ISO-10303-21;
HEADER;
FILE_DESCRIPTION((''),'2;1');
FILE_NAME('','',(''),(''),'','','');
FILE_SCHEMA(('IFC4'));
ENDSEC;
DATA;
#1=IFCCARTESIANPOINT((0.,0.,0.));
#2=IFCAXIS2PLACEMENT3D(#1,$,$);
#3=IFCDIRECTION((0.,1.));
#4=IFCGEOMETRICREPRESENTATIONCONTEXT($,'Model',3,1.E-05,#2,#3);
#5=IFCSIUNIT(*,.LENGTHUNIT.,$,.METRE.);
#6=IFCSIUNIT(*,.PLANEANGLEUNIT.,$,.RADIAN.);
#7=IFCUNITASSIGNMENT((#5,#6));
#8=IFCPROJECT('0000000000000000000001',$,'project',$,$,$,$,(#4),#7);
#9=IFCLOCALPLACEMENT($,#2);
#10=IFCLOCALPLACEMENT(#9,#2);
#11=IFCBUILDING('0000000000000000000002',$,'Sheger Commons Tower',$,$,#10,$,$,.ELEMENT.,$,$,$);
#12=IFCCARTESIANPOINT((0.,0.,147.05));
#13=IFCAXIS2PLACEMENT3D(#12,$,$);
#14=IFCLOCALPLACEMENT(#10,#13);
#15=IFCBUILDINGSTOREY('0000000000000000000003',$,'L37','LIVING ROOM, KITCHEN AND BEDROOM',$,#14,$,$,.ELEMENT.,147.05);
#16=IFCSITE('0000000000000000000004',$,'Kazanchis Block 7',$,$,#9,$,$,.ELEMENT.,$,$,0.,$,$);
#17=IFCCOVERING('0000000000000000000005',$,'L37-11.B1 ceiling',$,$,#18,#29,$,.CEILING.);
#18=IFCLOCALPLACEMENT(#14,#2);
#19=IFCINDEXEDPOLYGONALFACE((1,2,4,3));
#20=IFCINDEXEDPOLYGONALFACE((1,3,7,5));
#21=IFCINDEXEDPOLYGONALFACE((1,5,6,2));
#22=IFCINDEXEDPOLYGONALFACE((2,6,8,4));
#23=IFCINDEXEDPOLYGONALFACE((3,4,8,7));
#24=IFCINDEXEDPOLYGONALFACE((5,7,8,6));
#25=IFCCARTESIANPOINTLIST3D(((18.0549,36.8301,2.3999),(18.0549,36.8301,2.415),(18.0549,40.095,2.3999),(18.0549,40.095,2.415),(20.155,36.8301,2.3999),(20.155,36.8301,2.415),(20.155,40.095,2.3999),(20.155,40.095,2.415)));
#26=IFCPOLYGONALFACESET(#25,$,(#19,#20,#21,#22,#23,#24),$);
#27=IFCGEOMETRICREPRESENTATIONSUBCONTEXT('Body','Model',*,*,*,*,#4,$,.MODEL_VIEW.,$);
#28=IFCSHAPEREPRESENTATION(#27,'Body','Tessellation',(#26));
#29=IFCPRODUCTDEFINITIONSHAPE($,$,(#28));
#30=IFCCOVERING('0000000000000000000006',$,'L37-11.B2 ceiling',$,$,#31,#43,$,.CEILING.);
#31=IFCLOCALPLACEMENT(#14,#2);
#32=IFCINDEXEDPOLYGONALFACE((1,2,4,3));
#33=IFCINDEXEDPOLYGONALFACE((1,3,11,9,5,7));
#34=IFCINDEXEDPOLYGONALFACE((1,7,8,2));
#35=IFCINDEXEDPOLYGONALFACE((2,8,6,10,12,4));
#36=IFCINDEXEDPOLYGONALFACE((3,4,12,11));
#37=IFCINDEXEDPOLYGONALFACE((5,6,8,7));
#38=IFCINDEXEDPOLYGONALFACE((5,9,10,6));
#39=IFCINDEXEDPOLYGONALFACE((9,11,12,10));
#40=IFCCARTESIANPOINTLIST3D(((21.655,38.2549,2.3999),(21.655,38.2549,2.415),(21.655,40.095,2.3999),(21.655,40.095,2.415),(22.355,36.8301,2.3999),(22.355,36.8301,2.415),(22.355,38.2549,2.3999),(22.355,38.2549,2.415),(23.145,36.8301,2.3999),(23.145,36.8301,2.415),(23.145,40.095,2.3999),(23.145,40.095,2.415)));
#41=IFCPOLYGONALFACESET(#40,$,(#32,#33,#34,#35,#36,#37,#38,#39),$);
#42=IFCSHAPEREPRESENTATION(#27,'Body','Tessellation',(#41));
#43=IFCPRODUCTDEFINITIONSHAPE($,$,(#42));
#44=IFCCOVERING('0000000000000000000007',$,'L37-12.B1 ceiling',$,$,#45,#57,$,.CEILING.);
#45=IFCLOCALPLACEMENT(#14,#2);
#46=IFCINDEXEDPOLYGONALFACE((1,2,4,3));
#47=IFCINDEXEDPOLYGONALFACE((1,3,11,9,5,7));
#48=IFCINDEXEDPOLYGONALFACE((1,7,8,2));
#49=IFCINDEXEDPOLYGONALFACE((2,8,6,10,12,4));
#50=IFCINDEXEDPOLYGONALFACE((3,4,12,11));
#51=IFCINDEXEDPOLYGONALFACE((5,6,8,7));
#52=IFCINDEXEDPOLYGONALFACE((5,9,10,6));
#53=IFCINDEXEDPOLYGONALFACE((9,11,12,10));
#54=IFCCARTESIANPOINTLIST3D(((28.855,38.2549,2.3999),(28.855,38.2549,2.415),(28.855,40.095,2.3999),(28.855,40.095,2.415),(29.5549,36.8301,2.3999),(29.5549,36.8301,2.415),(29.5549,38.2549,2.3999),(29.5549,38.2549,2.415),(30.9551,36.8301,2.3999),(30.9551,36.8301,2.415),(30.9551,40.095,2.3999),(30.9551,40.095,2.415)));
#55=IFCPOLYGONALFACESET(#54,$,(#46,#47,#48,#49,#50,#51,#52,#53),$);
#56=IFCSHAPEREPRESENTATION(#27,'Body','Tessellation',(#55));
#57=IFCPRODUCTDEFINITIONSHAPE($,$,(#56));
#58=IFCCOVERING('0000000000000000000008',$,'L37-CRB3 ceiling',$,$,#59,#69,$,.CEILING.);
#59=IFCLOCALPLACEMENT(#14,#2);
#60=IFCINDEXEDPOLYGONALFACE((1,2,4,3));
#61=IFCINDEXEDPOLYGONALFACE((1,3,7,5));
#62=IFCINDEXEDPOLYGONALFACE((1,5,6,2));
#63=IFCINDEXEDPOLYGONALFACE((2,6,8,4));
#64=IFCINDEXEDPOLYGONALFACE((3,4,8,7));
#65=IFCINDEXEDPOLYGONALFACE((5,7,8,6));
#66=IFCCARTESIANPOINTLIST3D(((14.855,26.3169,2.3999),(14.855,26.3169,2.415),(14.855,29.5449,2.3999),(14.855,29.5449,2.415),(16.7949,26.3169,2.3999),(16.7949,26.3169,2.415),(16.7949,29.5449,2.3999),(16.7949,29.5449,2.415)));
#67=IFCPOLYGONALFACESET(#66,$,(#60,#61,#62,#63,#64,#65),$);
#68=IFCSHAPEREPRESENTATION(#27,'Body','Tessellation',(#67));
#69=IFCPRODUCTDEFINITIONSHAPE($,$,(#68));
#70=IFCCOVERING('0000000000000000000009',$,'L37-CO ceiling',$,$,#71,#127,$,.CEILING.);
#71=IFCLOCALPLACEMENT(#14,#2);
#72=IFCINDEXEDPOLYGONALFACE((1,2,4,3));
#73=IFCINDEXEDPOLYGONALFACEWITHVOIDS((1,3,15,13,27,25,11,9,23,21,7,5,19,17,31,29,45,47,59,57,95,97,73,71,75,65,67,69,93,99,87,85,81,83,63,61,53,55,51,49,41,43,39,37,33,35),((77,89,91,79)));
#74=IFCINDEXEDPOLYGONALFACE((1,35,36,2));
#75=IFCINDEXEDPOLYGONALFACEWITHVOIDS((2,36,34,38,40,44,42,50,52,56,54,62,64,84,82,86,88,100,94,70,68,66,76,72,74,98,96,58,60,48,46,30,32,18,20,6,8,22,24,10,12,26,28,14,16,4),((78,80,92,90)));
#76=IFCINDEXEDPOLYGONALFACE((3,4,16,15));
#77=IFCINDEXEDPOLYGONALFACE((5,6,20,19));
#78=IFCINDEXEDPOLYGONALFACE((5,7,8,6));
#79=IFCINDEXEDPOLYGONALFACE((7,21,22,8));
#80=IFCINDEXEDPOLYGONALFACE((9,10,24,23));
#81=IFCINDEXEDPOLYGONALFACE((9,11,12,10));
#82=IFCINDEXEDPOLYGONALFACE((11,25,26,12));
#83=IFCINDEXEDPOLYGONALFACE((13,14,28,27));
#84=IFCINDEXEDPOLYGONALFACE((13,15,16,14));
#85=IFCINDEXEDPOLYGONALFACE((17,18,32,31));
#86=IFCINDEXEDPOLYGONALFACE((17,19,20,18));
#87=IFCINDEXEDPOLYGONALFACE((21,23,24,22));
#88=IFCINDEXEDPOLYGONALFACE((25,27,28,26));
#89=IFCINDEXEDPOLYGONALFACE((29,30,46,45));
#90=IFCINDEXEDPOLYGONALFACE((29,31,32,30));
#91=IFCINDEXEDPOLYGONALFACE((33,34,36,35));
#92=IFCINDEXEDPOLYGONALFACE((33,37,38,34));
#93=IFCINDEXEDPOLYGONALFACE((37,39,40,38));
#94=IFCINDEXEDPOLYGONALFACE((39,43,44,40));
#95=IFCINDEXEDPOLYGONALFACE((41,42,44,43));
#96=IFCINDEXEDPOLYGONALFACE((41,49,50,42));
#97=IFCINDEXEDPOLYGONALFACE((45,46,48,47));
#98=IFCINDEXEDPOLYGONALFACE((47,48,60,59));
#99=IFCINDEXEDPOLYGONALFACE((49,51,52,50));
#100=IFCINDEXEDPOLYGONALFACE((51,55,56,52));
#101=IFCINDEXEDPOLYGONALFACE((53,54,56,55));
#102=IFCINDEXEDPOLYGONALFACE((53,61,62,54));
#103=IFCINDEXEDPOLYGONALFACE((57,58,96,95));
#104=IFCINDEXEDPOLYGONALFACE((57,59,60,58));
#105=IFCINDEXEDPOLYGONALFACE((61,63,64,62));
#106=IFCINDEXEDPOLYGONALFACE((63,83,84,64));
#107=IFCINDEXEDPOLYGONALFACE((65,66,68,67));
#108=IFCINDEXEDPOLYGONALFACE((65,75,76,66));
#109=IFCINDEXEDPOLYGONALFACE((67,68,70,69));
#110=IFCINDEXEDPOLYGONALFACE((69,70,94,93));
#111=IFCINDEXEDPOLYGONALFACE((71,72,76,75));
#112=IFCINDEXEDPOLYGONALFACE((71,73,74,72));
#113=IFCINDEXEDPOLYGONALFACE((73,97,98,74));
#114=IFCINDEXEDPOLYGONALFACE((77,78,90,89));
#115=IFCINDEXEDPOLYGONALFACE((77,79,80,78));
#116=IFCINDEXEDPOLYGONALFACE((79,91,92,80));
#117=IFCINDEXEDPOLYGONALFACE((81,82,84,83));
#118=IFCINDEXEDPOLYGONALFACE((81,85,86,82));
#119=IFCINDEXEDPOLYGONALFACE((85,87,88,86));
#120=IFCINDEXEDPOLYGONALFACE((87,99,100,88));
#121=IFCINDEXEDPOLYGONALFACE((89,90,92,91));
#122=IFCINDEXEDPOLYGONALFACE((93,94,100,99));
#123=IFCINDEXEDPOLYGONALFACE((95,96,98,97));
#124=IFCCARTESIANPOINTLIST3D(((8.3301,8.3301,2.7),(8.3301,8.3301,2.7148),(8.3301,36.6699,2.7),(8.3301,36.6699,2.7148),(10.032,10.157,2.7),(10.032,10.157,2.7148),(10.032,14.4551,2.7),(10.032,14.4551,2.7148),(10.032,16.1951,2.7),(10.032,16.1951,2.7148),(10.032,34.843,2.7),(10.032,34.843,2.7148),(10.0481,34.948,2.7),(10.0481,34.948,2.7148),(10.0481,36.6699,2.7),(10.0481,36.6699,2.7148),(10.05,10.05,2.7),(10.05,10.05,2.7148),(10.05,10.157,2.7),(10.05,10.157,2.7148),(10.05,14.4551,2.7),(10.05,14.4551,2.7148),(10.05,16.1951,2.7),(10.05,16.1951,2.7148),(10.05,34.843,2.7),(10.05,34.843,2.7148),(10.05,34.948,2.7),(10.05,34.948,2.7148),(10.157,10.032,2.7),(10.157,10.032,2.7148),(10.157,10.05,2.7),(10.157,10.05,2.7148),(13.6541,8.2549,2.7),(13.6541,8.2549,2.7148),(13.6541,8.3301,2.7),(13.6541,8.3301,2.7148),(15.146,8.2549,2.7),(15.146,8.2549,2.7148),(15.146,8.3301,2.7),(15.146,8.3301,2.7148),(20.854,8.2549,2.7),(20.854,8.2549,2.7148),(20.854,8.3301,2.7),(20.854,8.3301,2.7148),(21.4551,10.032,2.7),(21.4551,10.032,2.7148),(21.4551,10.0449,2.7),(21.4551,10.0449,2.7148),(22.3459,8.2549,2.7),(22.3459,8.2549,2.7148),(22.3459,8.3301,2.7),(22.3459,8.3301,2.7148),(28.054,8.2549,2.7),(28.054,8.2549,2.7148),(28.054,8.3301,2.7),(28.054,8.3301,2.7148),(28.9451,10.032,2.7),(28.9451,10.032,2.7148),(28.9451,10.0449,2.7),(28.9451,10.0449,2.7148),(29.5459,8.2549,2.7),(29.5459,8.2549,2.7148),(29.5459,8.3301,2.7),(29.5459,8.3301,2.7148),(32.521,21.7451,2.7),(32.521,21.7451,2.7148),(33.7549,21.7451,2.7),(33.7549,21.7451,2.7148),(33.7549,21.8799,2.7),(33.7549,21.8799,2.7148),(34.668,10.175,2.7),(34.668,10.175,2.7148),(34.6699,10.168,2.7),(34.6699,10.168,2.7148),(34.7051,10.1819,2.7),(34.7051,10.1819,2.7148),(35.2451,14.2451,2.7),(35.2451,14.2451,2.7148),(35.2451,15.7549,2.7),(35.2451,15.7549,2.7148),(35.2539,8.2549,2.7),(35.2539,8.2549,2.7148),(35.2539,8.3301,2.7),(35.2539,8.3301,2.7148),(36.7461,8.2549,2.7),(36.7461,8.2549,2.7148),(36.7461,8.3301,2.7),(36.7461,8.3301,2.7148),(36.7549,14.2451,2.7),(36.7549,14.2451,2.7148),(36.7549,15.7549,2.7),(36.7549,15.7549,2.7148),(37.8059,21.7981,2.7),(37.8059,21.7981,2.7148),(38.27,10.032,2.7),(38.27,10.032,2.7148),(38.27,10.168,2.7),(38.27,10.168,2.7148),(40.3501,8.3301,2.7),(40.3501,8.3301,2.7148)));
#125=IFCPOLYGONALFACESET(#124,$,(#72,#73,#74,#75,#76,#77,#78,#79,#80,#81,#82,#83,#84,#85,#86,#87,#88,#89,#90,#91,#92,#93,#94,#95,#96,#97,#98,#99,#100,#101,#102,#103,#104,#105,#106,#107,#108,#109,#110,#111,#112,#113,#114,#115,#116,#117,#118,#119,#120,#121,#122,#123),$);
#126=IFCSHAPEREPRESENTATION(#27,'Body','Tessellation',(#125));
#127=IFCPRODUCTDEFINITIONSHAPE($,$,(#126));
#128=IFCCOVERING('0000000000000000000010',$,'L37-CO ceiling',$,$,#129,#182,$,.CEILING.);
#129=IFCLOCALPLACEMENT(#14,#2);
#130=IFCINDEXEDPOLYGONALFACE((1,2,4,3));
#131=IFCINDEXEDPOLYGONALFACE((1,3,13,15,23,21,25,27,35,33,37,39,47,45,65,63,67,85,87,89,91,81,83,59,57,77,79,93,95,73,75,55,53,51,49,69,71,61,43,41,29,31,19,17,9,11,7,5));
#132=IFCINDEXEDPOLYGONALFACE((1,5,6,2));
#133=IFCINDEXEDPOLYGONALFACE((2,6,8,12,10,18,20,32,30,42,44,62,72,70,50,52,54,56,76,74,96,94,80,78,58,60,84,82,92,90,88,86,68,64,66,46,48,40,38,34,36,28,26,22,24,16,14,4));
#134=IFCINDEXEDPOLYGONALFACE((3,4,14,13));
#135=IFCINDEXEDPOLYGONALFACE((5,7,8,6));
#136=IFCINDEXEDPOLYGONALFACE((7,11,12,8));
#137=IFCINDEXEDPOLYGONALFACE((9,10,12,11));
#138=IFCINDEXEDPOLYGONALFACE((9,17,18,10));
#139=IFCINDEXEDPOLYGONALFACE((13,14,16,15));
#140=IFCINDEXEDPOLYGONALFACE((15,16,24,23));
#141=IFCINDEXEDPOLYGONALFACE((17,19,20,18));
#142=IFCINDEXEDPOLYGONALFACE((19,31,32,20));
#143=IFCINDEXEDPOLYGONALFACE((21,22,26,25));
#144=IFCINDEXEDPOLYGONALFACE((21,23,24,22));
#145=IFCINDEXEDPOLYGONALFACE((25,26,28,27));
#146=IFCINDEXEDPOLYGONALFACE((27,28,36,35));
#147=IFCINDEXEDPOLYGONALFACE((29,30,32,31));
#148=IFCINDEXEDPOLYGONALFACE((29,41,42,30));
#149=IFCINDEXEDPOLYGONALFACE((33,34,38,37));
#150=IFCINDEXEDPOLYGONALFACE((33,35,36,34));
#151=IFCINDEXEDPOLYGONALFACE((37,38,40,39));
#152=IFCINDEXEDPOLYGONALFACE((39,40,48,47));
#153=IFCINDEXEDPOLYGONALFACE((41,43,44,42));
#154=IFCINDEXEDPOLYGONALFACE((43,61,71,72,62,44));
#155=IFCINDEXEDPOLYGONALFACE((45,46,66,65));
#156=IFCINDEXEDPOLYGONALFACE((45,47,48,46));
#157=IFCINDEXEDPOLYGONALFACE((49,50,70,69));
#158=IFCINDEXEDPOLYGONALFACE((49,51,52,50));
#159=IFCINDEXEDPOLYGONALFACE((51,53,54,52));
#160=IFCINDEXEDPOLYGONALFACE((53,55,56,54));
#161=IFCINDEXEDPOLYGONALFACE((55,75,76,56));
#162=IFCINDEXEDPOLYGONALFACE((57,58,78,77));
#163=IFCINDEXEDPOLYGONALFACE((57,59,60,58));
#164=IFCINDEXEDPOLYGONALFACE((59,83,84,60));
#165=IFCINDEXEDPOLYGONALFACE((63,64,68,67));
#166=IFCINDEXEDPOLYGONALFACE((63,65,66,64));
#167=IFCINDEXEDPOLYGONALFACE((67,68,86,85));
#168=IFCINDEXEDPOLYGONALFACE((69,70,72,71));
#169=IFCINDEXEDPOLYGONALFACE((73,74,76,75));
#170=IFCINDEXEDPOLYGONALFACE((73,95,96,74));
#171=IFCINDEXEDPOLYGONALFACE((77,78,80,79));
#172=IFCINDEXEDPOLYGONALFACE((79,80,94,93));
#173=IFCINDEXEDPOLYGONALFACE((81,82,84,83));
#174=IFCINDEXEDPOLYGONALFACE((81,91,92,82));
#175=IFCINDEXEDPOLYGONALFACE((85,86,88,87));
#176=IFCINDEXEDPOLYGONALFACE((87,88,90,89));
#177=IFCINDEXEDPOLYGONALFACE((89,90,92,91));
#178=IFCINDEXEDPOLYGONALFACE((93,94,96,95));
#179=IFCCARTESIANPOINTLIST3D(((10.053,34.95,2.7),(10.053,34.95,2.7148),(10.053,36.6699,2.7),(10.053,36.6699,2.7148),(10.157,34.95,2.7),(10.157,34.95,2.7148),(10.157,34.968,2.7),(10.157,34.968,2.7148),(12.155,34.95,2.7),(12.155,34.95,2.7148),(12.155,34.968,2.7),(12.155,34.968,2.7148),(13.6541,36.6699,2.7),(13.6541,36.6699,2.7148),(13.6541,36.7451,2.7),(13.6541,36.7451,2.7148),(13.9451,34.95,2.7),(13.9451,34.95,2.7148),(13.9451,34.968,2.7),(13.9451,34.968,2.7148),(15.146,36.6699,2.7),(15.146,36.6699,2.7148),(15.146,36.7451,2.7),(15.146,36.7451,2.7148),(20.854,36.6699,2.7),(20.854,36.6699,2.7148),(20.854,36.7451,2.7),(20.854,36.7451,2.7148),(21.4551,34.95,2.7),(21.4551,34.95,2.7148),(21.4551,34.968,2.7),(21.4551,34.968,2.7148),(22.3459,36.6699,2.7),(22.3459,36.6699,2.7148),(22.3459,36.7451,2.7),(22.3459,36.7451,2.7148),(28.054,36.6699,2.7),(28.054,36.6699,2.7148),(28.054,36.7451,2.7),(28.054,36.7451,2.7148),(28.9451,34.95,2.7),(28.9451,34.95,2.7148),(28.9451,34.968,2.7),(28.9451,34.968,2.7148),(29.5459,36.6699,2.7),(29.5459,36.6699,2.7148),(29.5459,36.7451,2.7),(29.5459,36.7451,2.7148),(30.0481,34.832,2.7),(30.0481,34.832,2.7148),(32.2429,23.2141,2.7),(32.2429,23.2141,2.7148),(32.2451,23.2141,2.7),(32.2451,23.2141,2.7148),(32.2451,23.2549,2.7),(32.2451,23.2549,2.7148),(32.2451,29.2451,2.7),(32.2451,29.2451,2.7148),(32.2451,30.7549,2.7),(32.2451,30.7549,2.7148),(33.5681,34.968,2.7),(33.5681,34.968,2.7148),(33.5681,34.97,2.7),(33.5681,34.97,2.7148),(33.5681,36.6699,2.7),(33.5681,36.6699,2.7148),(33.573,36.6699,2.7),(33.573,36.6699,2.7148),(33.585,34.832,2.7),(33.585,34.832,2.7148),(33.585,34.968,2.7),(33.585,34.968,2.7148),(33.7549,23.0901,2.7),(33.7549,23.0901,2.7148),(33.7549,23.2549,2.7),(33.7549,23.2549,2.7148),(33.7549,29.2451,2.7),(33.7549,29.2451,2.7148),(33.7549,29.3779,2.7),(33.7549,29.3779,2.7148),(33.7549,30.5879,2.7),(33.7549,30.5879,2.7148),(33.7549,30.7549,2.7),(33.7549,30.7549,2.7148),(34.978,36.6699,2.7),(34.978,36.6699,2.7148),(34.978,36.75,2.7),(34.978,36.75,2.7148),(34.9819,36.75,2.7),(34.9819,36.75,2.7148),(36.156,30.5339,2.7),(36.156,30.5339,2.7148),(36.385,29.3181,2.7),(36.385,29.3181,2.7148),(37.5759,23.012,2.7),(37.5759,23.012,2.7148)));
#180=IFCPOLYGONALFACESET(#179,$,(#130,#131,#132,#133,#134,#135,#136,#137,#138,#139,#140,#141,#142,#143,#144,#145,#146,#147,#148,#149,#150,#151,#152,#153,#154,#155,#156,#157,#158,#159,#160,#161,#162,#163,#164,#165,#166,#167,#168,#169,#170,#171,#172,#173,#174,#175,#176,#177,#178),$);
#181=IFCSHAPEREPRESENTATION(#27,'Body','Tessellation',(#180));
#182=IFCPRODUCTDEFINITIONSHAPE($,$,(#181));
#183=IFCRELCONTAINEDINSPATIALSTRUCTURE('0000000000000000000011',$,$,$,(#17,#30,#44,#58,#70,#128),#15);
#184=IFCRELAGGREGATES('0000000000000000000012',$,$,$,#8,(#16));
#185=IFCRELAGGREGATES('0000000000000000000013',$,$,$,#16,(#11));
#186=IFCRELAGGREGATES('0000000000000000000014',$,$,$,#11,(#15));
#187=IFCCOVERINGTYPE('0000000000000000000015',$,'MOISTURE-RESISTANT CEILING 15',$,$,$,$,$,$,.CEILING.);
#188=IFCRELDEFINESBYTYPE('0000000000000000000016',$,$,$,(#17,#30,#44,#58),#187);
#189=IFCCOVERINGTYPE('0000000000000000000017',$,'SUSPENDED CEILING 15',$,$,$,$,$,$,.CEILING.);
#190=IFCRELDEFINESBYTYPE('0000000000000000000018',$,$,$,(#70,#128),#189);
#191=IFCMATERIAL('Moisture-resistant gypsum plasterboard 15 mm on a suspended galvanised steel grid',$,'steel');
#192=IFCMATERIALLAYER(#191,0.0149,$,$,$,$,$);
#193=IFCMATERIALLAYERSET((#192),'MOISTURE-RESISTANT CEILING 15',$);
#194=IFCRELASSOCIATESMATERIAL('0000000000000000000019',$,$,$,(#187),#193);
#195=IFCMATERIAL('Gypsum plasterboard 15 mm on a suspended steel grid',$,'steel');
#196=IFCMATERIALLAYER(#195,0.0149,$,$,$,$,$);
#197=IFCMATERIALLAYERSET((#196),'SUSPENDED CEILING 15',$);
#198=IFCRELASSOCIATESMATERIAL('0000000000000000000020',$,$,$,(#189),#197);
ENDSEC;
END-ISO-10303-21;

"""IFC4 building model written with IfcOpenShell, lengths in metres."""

from ifc_helpers import new_model, si_unit, direction, frame, origin, place, context, subcontext, project, spatial, polyline, outline, extrude, material, layer, layer_set, type_object, element, save


model = new_model("IFC4")

# Units and contexts
model_context = context("Model", 3, precision=1e-05, world=origin(), true_north=direction((0.0, 1.0)))
body_context = subcontext(model_context, "Body", "Model", "MODEL_VIEW")
ifc_project = project(units=[si_unit("LENGTHUNIT", "METRE"), si_unit("PLANEANGLEUNIT", "RADIAN")], contexts=[model_context])

# Site, building, storey
site_placement = place(None, origin())
site = spatial("IfcSite", under=ifc_project, at=site_placement, Name="Kazanchis Block 7", CompositionType="ELEMENT", RefElevation=0.0)
building_placement = place(site_placement, origin())
building = spatial("IfcBuilding", under=site, at=building_placement, Name="Sheger Commons Tower", CompositionType="ELEMENT")
storey_placement = place(building_placement, frame((0.0, 0.0, 147.05)))
storey = spatial("IfcBuildingStorey", under=building, at=storey_placement, Name="L37", Description="LIVING ROOM, KITCHEN AND BEDROOM", CompositionType="ELEMENT", Elevation=147.05)

# Coverings
ifc_material_1 = material(Name="Moisture-resistant gypsum plasterboard 15 mm on a suspended galvanised steel grid", Category="steel")
ifc_layer_1 = layer(ifc_material_1, 0.0149)
ifc_layer_set_1 = layer_set([ifc_layer_1], Name="MOISTURE-RESISTANT CEILING 15")
covering_type_1 = type_object("IfcCoveringType", Name="MOISTURE-RESISTANT CEILING 15", PredefinedType="CEILING", material=ifc_layer_set_1)
covering_1_placement = place(storey_placement, frame((0.0, 0.0, 2.3999)))
element("IfcCovering", 1, at=covering_1_placement, inside=storey, type_object=covering_type_1, Name="L37-11.B1 ceiling", PredefinedType="CEILING", context=body_context, shape_type="SweptSolid", body=[
    extrude(outline(polyline([(18.0549, 36.8301), (20.155, 36.8301), (20.155, 40.095), (18.0549, 40.095), (18.0549, 36.8301)])), origin(), (0.0, 0.0, 1.0), 0.0151),
])
covering_2_placement = place(storey_placement, frame((0.0, 0.0, 2.3999)))
element("IfcCovering", 2, at=covering_2_placement, inside=storey, type_object=covering_type_1, Name="L37-11.B2 ceiling", PredefinedType="CEILING", context=body_context, shape_type="SweptSolid", body=[
    extrude(outline(polyline([(22.355, 36.8301), (23.145, 36.8301), (23.145, 40.095), (21.655, 40.095), (21.655, 38.2549), (22.355, 38.2549), (22.355, 36.8301)])), origin(), (0.0, 0.0, 1.0), 0.0151),
])
covering_3_placement = place(storey_placement, frame((0.0, 0.0, 2.3999)))
element("IfcCovering", 3, at=covering_3_placement, inside=storey, type_object=covering_type_1, Name="L37-12.B1 ceiling", PredefinedType="CEILING", context=body_context, shape_type="SweptSolid", body=[
    extrude(outline(polyline([(29.5549, 36.8301), (30.9551, 36.8301), (30.9551, 40.095), (28.855, 40.095), (28.855, 38.2549), (29.5549, 38.2549), (29.5549, 36.8301)])), origin(), (0.0, 0.0, 1.0), 0.0151),
])
covering_4_placement = place(storey_placement, frame((0.0, 0.0, 2.3999)))
element("IfcCovering", 4, at=covering_4_placement, inside=storey, type_object=covering_type_1, Name="L37-CRB3 ceiling", PredefinedType="CEILING", context=body_context, shape_type="SweptSolid", body=[
    extrude(outline(polyline([(14.855, 26.3169), (16.7949, 26.3169), (16.7949, 29.5449), (14.855, 29.5449), (14.855, 26.3169)])), origin(), (0.0, 0.0, 1.0), 0.0151),
])
ifc_material_2 = material(Name="Gypsum plasterboard 15 mm on a suspended steel grid", Category="steel")
ifc_layer_2 = layer(ifc_material_2, 0.0149)
ifc_layer_set_2 = layer_set([ifc_layer_2], Name="SUSPENDED CEILING 15")
covering_type_2 = type_object("IfcCoveringType", Name="SUSPENDED CEILING 15", PredefinedType="CEILING", material=ifc_layer_set_2)
covering_5_placement = place(storey_placement, frame((0.0, 0.0, 2.7)))
element("IfcCovering", 5, at=covering_5_placement, inside=storey, type_object=covering_type_2, Name="L37-CO ceiling", PredefinedType="CEILING", context=body_context, shape_type="SweptSolid", body=[
    extrude(outline(polyline([(13.6541, 8.2549), (15.146, 8.2549), (15.146, 8.3301), (20.854, 8.3301), (20.854, 8.2549), (22.3459, 8.2549), (22.3459, 8.3301), (28.054, 8.3301), (28.054, 8.2549), (29.5459, 8.2549), (29.5459, 8.3301), (35.2539, 8.3301), (35.2539, 8.2549), (36.7461, 8.2549), (36.7461, 8.3301), (40.3501, 8.3301), (37.8059, 21.7981), (33.7549, 21.8799), (33.7549, 21.7451), (32.521, 21.7451), (34.7051, 10.1819), (34.668, 10.175), (34.6699, 10.168), (38.27, 10.168), (38.27, 10.032), (28.9451, 10.032), (28.9451, 10.0449), (21.4551, 10.0449), (21.4551, 10.032), (10.157, 10.032), (10.157, 10.05), (10.05, 10.05), (10.05, 10.157), (10.032, 10.157), (10.032, 14.4551), (10.05, 14.4551), (10.05, 16.1951), (10.032, 16.1951), (10.032, 34.843), (10.05, 34.843), (10.05, 34.948), (10.0481, 34.948), (10.0481, 36.6699), (8.3301, 36.6699), (8.3301, 8.3301), (13.6541, 8.3301), (13.6541, 8.2549)]), holes=[polyline([(36.7549, 15.7549), (36.7549, 14.2451), (35.2451, 14.2451), (35.2451, 15.7549), (36.7549, 15.7549)])]), origin(), (0.0, 0.0, 1.0), 0.0149),
])
covering_6_placement = place(storey_placement, frame((0.0, 0.0, 2.7)))
element("IfcCovering", 6, at=covering_6_placement, inside=storey, type_object=covering_type_2, Name="L37-CO ceiling", PredefinedType="CEILING", context=body_context, shape_type="SweptSolid", body=[
    extrude(outline(polyline([(37.5759, 23.012), (36.385, 29.3181), (33.7549, 29.3779), (33.7549, 29.2451), (32.2451, 29.2451), (32.2451, 30.7549), (33.7549, 30.7549), (33.7549, 30.5879), (36.156, 30.5339), (34.9819, 36.75), (34.978, 36.75), (34.978, 36.6699), (33.573, 36.6699), (33.5681, 34.97), (33.5681, 36.6699), (29.5459, 36.6699), (29.5459, 36.7451), (28.054, 36.7451), (28.054, 36.6699), (22.3459, 36.6699), (22.3459, 36.7451), (20.854, 36.7451), (20.854, 36.6699), (15.146, 36.6699), (15.146, 36.7451), (13.6541, 36.7451), (13.6541, 36.6699), (10.053, 36.6699), (10.053, 34.95), (10.157, 34.95), (10.157, 34.968), (12.155, 34.968), (12.155, 34.95), (13.9451, 34.95), (13.9451, 34.968), (21.4551, 34.968), (21.4551, 34.95), (28.9451, 34.95), (28.9451, 34.968), (33.5681, 34.968), (33.585, 34.968), (33.585, 34.832), (30.0481, 34.832), (32.2429, 23.2141), (32.2451, 23.2141), (32.2451, 23.2549), (33.7549, 23.2549), (33.7549, 23.0901), (37.5759, 23.012)])), origin(), (0.0, 0.0, 1.0), 0.0149),
])

save(model, "model.ifc")
